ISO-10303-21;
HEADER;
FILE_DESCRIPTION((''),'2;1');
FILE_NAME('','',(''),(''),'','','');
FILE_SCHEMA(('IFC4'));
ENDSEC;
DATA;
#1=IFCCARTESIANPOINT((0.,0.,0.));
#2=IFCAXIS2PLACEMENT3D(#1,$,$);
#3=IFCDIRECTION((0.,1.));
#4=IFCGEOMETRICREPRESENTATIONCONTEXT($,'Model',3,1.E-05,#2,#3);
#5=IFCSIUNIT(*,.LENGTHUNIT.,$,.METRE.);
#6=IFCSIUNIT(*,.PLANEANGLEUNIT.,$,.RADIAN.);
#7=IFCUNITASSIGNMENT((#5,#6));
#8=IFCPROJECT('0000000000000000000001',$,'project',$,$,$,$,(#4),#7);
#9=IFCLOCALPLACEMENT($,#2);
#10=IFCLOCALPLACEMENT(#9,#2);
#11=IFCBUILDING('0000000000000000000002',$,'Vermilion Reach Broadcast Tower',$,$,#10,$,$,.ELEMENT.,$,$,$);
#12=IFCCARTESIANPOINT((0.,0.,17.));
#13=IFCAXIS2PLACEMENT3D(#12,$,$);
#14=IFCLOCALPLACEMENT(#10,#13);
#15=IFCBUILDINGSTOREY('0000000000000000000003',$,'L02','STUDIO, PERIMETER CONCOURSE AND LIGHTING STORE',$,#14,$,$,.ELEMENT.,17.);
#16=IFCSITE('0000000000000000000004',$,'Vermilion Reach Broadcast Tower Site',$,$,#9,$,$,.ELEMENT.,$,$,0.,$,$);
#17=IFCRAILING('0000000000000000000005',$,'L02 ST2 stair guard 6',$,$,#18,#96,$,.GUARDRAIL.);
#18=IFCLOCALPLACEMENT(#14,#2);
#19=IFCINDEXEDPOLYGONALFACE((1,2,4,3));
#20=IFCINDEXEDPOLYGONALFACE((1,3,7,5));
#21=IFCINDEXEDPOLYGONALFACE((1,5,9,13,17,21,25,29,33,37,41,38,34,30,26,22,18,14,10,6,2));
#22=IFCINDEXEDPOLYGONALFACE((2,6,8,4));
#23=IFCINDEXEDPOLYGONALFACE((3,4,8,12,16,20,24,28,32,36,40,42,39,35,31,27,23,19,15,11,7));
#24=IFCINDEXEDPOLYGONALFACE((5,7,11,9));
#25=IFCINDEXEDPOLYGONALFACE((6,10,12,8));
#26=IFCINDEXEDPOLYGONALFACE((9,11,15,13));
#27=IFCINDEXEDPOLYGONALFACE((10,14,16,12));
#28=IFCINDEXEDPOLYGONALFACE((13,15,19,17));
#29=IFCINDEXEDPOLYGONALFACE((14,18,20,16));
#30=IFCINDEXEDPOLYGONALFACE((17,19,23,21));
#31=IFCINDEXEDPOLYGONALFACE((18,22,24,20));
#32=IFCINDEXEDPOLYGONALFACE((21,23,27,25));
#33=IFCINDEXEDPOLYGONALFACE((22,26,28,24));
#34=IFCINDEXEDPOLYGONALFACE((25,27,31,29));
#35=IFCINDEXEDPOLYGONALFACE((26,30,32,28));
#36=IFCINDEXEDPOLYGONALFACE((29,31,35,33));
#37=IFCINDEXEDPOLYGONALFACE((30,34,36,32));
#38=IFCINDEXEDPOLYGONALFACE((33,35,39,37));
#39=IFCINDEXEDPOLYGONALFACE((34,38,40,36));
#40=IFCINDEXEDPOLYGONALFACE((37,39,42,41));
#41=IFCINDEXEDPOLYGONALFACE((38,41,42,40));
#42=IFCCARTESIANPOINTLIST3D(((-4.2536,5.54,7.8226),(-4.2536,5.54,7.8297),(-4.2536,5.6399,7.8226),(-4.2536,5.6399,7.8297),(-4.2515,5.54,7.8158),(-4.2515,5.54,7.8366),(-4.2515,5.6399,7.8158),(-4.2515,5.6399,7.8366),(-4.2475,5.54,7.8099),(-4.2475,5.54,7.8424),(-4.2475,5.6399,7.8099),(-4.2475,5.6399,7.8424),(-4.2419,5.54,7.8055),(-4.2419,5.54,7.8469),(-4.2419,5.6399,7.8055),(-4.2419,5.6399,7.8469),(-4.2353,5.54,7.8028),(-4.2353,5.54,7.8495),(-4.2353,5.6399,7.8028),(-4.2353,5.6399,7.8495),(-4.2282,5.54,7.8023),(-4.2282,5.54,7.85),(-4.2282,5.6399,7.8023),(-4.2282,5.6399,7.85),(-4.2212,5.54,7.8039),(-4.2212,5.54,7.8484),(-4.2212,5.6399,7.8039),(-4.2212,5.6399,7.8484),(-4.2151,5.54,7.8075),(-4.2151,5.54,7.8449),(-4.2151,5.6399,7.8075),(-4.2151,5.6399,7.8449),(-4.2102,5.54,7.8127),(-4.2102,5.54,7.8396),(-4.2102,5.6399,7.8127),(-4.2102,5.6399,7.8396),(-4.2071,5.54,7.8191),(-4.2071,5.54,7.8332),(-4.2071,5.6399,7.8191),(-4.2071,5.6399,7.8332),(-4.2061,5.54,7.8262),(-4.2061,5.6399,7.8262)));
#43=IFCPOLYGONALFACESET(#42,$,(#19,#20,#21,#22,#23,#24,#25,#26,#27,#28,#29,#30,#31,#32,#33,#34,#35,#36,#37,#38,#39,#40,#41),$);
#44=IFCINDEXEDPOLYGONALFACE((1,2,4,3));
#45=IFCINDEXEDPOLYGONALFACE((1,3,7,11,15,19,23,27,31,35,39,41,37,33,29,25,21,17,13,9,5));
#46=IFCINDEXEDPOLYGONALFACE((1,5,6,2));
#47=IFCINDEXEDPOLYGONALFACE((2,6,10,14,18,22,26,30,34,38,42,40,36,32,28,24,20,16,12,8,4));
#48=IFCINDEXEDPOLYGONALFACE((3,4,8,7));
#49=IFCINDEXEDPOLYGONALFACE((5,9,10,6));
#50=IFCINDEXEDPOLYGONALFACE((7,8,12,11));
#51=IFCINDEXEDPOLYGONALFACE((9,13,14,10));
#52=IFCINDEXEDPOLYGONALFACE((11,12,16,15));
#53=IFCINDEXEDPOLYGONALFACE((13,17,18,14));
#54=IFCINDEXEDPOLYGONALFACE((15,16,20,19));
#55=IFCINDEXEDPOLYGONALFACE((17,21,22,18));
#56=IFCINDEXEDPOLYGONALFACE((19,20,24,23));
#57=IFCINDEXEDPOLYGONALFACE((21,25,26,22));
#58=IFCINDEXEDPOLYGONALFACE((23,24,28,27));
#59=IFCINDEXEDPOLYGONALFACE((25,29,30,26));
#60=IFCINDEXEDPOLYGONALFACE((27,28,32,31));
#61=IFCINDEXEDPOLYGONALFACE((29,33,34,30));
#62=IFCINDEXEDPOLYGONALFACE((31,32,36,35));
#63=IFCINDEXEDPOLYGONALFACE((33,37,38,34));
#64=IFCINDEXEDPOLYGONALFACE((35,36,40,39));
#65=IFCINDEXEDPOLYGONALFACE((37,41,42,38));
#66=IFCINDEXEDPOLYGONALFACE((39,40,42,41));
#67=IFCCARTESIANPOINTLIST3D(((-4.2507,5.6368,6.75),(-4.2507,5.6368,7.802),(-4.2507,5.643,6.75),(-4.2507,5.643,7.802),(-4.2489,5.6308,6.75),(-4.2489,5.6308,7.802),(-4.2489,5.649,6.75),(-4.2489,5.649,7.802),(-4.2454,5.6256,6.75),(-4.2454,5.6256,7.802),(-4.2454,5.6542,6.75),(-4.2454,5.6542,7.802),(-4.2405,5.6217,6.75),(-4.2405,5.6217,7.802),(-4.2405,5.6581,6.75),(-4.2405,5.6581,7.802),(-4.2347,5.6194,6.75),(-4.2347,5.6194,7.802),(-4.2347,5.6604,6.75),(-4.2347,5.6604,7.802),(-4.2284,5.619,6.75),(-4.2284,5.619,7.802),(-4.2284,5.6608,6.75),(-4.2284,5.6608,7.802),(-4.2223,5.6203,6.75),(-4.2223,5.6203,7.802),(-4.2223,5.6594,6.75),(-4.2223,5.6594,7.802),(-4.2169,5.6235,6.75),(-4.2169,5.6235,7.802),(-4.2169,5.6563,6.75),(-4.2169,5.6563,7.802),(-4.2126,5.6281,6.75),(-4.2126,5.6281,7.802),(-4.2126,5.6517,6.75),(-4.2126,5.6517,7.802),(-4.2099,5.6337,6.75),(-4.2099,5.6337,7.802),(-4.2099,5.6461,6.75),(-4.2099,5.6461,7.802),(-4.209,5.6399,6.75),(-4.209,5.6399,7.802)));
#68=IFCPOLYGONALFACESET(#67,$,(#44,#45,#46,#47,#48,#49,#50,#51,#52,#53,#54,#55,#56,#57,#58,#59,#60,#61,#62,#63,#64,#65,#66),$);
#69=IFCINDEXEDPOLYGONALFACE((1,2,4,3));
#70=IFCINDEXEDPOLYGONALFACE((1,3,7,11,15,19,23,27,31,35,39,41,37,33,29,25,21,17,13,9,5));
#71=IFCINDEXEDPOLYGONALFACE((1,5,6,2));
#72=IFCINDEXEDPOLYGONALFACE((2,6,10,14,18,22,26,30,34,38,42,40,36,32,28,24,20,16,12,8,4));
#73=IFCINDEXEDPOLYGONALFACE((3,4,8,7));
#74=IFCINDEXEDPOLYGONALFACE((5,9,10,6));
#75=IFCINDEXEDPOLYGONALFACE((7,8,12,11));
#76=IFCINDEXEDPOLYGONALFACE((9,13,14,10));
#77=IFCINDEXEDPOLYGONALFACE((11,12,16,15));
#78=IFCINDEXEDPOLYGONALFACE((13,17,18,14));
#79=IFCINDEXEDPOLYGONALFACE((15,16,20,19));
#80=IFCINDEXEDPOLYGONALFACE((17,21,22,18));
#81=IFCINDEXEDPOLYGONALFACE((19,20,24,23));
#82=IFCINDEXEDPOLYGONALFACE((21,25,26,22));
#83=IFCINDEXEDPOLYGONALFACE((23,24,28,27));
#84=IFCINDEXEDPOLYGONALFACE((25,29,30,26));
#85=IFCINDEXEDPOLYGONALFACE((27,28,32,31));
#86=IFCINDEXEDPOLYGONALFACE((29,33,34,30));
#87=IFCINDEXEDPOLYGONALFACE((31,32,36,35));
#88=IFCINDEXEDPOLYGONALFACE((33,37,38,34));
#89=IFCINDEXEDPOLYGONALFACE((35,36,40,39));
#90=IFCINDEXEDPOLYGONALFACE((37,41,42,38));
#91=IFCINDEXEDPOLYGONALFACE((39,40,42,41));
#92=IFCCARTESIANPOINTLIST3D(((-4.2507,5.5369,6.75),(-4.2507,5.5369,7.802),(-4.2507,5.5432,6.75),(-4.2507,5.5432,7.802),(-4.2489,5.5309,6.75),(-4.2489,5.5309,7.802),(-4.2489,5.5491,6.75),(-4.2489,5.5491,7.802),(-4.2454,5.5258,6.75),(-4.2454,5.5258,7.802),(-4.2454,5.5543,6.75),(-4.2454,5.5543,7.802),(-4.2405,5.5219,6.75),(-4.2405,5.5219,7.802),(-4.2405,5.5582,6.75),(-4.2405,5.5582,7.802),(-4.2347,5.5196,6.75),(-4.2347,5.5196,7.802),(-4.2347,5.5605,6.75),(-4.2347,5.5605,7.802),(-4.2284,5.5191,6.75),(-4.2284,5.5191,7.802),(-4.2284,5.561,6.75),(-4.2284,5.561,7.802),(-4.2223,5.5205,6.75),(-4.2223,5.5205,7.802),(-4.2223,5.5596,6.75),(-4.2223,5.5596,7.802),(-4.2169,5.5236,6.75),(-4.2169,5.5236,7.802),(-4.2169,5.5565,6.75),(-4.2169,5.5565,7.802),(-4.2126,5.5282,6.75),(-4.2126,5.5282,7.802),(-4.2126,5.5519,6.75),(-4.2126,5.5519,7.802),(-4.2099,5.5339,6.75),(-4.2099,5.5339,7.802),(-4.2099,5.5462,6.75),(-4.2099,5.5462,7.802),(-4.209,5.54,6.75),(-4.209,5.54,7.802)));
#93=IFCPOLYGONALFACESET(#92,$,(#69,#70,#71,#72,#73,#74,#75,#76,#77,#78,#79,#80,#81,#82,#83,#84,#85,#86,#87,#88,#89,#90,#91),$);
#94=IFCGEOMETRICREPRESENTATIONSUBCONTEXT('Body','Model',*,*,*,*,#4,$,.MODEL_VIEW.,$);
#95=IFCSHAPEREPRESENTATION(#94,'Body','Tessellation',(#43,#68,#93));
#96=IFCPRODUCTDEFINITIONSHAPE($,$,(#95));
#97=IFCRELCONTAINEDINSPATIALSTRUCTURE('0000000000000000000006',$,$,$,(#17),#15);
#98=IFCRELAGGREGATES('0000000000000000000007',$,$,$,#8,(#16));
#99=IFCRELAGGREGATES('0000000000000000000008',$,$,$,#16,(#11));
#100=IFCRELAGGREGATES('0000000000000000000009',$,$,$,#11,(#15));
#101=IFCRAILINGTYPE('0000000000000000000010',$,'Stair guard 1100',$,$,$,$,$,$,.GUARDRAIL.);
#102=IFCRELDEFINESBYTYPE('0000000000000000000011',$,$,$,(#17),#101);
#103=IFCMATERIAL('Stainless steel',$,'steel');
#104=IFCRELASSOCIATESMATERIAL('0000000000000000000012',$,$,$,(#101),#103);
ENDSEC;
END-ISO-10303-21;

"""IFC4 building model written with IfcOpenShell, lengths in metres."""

from ifc_helpers import new_model, si_unit, direction, frame, origin, origin_2d, place, context, subcontext, project, spatial, circle, extrude, material, type_object, element, save


model = new_model("IFC4")

# Units and contexts
model_context = context("Model", 3, precision=1e-05, world=origin(), true_north=direction((0.0, 1.0)))
body_context = subcontext(model_context, "Body", "Model", "MODEL_VIEW")
ifc_project = project(units=[si_unit("LENGTHUNIT", "METRE"), si_unit("PLANEANGLEUNIT", "RADIAN")], contexts=[model_context])

# Site, building, storey
site_placement = place(None, origin())
site = spatial("IfcSite", under=ifc_project, at=site_placement, Name="Vermilion Reach Broadcast Tower Site", CompositionType="ELEMENT", RefElevation=0.0)
building_placement = place(site_placement, origin())
building = spatial("IfcBuilding", under=site, at=building_placement, Name="Vermilion Reach Broadcast Tower", CompositionType="ELEMENT")
storey_placement = place(building_placement, frame((0.0, 0.0, 17.0)))
storey = spatial("IfcBuildingStorey", under=building, at=storey_placement, Name="L02", Description="STUDIO, PERIMETER CONCOURSE AND LIGHTING STORE", CompositionType="ELEMENT", Elevation=17.0)

# Railing
ifc_material_1 = material(Name="Stainless steel", Category="steel")
railing_type_1 = type_object("IfcRailingType", Name="Stair guard 1100", PredefinedType="GUARDRAIL", material=ifc_material_1)
railing_1_placement = place(storey_placement, frame((-4.23, 5.6399, 6.75)))
element("IfcRailing", 1, at=railing_1_placement, inside=storey, type_object=railing_type_1, Name="L02 ST2 stair guard 6", PredefinedType="GUARDRAIL", context=body_context, shape_type="SweptSolid", body=[
    extrude(circle(Radius=0.0239, at=origin_2d()), frame((0.0, 0.0, 1.0762), z_axis=(0.0, -1.0, 0.0), x_axis=(1.0, 0.0, 0.0)), (0.0, 0.0, 1.0), 0.0999),
    extrude(circle(Radius=0.021, at=origin_2d()), origin(), (0.0, 0.0, 1.0), 1.052),
    extrude(circle(Radius=0.021, at=origin_2d()), frame((0.0, -0.0999, 0.0)), (0.0, 0.0, 1.0), 1.052),
])

save(model, "model.ifc")
